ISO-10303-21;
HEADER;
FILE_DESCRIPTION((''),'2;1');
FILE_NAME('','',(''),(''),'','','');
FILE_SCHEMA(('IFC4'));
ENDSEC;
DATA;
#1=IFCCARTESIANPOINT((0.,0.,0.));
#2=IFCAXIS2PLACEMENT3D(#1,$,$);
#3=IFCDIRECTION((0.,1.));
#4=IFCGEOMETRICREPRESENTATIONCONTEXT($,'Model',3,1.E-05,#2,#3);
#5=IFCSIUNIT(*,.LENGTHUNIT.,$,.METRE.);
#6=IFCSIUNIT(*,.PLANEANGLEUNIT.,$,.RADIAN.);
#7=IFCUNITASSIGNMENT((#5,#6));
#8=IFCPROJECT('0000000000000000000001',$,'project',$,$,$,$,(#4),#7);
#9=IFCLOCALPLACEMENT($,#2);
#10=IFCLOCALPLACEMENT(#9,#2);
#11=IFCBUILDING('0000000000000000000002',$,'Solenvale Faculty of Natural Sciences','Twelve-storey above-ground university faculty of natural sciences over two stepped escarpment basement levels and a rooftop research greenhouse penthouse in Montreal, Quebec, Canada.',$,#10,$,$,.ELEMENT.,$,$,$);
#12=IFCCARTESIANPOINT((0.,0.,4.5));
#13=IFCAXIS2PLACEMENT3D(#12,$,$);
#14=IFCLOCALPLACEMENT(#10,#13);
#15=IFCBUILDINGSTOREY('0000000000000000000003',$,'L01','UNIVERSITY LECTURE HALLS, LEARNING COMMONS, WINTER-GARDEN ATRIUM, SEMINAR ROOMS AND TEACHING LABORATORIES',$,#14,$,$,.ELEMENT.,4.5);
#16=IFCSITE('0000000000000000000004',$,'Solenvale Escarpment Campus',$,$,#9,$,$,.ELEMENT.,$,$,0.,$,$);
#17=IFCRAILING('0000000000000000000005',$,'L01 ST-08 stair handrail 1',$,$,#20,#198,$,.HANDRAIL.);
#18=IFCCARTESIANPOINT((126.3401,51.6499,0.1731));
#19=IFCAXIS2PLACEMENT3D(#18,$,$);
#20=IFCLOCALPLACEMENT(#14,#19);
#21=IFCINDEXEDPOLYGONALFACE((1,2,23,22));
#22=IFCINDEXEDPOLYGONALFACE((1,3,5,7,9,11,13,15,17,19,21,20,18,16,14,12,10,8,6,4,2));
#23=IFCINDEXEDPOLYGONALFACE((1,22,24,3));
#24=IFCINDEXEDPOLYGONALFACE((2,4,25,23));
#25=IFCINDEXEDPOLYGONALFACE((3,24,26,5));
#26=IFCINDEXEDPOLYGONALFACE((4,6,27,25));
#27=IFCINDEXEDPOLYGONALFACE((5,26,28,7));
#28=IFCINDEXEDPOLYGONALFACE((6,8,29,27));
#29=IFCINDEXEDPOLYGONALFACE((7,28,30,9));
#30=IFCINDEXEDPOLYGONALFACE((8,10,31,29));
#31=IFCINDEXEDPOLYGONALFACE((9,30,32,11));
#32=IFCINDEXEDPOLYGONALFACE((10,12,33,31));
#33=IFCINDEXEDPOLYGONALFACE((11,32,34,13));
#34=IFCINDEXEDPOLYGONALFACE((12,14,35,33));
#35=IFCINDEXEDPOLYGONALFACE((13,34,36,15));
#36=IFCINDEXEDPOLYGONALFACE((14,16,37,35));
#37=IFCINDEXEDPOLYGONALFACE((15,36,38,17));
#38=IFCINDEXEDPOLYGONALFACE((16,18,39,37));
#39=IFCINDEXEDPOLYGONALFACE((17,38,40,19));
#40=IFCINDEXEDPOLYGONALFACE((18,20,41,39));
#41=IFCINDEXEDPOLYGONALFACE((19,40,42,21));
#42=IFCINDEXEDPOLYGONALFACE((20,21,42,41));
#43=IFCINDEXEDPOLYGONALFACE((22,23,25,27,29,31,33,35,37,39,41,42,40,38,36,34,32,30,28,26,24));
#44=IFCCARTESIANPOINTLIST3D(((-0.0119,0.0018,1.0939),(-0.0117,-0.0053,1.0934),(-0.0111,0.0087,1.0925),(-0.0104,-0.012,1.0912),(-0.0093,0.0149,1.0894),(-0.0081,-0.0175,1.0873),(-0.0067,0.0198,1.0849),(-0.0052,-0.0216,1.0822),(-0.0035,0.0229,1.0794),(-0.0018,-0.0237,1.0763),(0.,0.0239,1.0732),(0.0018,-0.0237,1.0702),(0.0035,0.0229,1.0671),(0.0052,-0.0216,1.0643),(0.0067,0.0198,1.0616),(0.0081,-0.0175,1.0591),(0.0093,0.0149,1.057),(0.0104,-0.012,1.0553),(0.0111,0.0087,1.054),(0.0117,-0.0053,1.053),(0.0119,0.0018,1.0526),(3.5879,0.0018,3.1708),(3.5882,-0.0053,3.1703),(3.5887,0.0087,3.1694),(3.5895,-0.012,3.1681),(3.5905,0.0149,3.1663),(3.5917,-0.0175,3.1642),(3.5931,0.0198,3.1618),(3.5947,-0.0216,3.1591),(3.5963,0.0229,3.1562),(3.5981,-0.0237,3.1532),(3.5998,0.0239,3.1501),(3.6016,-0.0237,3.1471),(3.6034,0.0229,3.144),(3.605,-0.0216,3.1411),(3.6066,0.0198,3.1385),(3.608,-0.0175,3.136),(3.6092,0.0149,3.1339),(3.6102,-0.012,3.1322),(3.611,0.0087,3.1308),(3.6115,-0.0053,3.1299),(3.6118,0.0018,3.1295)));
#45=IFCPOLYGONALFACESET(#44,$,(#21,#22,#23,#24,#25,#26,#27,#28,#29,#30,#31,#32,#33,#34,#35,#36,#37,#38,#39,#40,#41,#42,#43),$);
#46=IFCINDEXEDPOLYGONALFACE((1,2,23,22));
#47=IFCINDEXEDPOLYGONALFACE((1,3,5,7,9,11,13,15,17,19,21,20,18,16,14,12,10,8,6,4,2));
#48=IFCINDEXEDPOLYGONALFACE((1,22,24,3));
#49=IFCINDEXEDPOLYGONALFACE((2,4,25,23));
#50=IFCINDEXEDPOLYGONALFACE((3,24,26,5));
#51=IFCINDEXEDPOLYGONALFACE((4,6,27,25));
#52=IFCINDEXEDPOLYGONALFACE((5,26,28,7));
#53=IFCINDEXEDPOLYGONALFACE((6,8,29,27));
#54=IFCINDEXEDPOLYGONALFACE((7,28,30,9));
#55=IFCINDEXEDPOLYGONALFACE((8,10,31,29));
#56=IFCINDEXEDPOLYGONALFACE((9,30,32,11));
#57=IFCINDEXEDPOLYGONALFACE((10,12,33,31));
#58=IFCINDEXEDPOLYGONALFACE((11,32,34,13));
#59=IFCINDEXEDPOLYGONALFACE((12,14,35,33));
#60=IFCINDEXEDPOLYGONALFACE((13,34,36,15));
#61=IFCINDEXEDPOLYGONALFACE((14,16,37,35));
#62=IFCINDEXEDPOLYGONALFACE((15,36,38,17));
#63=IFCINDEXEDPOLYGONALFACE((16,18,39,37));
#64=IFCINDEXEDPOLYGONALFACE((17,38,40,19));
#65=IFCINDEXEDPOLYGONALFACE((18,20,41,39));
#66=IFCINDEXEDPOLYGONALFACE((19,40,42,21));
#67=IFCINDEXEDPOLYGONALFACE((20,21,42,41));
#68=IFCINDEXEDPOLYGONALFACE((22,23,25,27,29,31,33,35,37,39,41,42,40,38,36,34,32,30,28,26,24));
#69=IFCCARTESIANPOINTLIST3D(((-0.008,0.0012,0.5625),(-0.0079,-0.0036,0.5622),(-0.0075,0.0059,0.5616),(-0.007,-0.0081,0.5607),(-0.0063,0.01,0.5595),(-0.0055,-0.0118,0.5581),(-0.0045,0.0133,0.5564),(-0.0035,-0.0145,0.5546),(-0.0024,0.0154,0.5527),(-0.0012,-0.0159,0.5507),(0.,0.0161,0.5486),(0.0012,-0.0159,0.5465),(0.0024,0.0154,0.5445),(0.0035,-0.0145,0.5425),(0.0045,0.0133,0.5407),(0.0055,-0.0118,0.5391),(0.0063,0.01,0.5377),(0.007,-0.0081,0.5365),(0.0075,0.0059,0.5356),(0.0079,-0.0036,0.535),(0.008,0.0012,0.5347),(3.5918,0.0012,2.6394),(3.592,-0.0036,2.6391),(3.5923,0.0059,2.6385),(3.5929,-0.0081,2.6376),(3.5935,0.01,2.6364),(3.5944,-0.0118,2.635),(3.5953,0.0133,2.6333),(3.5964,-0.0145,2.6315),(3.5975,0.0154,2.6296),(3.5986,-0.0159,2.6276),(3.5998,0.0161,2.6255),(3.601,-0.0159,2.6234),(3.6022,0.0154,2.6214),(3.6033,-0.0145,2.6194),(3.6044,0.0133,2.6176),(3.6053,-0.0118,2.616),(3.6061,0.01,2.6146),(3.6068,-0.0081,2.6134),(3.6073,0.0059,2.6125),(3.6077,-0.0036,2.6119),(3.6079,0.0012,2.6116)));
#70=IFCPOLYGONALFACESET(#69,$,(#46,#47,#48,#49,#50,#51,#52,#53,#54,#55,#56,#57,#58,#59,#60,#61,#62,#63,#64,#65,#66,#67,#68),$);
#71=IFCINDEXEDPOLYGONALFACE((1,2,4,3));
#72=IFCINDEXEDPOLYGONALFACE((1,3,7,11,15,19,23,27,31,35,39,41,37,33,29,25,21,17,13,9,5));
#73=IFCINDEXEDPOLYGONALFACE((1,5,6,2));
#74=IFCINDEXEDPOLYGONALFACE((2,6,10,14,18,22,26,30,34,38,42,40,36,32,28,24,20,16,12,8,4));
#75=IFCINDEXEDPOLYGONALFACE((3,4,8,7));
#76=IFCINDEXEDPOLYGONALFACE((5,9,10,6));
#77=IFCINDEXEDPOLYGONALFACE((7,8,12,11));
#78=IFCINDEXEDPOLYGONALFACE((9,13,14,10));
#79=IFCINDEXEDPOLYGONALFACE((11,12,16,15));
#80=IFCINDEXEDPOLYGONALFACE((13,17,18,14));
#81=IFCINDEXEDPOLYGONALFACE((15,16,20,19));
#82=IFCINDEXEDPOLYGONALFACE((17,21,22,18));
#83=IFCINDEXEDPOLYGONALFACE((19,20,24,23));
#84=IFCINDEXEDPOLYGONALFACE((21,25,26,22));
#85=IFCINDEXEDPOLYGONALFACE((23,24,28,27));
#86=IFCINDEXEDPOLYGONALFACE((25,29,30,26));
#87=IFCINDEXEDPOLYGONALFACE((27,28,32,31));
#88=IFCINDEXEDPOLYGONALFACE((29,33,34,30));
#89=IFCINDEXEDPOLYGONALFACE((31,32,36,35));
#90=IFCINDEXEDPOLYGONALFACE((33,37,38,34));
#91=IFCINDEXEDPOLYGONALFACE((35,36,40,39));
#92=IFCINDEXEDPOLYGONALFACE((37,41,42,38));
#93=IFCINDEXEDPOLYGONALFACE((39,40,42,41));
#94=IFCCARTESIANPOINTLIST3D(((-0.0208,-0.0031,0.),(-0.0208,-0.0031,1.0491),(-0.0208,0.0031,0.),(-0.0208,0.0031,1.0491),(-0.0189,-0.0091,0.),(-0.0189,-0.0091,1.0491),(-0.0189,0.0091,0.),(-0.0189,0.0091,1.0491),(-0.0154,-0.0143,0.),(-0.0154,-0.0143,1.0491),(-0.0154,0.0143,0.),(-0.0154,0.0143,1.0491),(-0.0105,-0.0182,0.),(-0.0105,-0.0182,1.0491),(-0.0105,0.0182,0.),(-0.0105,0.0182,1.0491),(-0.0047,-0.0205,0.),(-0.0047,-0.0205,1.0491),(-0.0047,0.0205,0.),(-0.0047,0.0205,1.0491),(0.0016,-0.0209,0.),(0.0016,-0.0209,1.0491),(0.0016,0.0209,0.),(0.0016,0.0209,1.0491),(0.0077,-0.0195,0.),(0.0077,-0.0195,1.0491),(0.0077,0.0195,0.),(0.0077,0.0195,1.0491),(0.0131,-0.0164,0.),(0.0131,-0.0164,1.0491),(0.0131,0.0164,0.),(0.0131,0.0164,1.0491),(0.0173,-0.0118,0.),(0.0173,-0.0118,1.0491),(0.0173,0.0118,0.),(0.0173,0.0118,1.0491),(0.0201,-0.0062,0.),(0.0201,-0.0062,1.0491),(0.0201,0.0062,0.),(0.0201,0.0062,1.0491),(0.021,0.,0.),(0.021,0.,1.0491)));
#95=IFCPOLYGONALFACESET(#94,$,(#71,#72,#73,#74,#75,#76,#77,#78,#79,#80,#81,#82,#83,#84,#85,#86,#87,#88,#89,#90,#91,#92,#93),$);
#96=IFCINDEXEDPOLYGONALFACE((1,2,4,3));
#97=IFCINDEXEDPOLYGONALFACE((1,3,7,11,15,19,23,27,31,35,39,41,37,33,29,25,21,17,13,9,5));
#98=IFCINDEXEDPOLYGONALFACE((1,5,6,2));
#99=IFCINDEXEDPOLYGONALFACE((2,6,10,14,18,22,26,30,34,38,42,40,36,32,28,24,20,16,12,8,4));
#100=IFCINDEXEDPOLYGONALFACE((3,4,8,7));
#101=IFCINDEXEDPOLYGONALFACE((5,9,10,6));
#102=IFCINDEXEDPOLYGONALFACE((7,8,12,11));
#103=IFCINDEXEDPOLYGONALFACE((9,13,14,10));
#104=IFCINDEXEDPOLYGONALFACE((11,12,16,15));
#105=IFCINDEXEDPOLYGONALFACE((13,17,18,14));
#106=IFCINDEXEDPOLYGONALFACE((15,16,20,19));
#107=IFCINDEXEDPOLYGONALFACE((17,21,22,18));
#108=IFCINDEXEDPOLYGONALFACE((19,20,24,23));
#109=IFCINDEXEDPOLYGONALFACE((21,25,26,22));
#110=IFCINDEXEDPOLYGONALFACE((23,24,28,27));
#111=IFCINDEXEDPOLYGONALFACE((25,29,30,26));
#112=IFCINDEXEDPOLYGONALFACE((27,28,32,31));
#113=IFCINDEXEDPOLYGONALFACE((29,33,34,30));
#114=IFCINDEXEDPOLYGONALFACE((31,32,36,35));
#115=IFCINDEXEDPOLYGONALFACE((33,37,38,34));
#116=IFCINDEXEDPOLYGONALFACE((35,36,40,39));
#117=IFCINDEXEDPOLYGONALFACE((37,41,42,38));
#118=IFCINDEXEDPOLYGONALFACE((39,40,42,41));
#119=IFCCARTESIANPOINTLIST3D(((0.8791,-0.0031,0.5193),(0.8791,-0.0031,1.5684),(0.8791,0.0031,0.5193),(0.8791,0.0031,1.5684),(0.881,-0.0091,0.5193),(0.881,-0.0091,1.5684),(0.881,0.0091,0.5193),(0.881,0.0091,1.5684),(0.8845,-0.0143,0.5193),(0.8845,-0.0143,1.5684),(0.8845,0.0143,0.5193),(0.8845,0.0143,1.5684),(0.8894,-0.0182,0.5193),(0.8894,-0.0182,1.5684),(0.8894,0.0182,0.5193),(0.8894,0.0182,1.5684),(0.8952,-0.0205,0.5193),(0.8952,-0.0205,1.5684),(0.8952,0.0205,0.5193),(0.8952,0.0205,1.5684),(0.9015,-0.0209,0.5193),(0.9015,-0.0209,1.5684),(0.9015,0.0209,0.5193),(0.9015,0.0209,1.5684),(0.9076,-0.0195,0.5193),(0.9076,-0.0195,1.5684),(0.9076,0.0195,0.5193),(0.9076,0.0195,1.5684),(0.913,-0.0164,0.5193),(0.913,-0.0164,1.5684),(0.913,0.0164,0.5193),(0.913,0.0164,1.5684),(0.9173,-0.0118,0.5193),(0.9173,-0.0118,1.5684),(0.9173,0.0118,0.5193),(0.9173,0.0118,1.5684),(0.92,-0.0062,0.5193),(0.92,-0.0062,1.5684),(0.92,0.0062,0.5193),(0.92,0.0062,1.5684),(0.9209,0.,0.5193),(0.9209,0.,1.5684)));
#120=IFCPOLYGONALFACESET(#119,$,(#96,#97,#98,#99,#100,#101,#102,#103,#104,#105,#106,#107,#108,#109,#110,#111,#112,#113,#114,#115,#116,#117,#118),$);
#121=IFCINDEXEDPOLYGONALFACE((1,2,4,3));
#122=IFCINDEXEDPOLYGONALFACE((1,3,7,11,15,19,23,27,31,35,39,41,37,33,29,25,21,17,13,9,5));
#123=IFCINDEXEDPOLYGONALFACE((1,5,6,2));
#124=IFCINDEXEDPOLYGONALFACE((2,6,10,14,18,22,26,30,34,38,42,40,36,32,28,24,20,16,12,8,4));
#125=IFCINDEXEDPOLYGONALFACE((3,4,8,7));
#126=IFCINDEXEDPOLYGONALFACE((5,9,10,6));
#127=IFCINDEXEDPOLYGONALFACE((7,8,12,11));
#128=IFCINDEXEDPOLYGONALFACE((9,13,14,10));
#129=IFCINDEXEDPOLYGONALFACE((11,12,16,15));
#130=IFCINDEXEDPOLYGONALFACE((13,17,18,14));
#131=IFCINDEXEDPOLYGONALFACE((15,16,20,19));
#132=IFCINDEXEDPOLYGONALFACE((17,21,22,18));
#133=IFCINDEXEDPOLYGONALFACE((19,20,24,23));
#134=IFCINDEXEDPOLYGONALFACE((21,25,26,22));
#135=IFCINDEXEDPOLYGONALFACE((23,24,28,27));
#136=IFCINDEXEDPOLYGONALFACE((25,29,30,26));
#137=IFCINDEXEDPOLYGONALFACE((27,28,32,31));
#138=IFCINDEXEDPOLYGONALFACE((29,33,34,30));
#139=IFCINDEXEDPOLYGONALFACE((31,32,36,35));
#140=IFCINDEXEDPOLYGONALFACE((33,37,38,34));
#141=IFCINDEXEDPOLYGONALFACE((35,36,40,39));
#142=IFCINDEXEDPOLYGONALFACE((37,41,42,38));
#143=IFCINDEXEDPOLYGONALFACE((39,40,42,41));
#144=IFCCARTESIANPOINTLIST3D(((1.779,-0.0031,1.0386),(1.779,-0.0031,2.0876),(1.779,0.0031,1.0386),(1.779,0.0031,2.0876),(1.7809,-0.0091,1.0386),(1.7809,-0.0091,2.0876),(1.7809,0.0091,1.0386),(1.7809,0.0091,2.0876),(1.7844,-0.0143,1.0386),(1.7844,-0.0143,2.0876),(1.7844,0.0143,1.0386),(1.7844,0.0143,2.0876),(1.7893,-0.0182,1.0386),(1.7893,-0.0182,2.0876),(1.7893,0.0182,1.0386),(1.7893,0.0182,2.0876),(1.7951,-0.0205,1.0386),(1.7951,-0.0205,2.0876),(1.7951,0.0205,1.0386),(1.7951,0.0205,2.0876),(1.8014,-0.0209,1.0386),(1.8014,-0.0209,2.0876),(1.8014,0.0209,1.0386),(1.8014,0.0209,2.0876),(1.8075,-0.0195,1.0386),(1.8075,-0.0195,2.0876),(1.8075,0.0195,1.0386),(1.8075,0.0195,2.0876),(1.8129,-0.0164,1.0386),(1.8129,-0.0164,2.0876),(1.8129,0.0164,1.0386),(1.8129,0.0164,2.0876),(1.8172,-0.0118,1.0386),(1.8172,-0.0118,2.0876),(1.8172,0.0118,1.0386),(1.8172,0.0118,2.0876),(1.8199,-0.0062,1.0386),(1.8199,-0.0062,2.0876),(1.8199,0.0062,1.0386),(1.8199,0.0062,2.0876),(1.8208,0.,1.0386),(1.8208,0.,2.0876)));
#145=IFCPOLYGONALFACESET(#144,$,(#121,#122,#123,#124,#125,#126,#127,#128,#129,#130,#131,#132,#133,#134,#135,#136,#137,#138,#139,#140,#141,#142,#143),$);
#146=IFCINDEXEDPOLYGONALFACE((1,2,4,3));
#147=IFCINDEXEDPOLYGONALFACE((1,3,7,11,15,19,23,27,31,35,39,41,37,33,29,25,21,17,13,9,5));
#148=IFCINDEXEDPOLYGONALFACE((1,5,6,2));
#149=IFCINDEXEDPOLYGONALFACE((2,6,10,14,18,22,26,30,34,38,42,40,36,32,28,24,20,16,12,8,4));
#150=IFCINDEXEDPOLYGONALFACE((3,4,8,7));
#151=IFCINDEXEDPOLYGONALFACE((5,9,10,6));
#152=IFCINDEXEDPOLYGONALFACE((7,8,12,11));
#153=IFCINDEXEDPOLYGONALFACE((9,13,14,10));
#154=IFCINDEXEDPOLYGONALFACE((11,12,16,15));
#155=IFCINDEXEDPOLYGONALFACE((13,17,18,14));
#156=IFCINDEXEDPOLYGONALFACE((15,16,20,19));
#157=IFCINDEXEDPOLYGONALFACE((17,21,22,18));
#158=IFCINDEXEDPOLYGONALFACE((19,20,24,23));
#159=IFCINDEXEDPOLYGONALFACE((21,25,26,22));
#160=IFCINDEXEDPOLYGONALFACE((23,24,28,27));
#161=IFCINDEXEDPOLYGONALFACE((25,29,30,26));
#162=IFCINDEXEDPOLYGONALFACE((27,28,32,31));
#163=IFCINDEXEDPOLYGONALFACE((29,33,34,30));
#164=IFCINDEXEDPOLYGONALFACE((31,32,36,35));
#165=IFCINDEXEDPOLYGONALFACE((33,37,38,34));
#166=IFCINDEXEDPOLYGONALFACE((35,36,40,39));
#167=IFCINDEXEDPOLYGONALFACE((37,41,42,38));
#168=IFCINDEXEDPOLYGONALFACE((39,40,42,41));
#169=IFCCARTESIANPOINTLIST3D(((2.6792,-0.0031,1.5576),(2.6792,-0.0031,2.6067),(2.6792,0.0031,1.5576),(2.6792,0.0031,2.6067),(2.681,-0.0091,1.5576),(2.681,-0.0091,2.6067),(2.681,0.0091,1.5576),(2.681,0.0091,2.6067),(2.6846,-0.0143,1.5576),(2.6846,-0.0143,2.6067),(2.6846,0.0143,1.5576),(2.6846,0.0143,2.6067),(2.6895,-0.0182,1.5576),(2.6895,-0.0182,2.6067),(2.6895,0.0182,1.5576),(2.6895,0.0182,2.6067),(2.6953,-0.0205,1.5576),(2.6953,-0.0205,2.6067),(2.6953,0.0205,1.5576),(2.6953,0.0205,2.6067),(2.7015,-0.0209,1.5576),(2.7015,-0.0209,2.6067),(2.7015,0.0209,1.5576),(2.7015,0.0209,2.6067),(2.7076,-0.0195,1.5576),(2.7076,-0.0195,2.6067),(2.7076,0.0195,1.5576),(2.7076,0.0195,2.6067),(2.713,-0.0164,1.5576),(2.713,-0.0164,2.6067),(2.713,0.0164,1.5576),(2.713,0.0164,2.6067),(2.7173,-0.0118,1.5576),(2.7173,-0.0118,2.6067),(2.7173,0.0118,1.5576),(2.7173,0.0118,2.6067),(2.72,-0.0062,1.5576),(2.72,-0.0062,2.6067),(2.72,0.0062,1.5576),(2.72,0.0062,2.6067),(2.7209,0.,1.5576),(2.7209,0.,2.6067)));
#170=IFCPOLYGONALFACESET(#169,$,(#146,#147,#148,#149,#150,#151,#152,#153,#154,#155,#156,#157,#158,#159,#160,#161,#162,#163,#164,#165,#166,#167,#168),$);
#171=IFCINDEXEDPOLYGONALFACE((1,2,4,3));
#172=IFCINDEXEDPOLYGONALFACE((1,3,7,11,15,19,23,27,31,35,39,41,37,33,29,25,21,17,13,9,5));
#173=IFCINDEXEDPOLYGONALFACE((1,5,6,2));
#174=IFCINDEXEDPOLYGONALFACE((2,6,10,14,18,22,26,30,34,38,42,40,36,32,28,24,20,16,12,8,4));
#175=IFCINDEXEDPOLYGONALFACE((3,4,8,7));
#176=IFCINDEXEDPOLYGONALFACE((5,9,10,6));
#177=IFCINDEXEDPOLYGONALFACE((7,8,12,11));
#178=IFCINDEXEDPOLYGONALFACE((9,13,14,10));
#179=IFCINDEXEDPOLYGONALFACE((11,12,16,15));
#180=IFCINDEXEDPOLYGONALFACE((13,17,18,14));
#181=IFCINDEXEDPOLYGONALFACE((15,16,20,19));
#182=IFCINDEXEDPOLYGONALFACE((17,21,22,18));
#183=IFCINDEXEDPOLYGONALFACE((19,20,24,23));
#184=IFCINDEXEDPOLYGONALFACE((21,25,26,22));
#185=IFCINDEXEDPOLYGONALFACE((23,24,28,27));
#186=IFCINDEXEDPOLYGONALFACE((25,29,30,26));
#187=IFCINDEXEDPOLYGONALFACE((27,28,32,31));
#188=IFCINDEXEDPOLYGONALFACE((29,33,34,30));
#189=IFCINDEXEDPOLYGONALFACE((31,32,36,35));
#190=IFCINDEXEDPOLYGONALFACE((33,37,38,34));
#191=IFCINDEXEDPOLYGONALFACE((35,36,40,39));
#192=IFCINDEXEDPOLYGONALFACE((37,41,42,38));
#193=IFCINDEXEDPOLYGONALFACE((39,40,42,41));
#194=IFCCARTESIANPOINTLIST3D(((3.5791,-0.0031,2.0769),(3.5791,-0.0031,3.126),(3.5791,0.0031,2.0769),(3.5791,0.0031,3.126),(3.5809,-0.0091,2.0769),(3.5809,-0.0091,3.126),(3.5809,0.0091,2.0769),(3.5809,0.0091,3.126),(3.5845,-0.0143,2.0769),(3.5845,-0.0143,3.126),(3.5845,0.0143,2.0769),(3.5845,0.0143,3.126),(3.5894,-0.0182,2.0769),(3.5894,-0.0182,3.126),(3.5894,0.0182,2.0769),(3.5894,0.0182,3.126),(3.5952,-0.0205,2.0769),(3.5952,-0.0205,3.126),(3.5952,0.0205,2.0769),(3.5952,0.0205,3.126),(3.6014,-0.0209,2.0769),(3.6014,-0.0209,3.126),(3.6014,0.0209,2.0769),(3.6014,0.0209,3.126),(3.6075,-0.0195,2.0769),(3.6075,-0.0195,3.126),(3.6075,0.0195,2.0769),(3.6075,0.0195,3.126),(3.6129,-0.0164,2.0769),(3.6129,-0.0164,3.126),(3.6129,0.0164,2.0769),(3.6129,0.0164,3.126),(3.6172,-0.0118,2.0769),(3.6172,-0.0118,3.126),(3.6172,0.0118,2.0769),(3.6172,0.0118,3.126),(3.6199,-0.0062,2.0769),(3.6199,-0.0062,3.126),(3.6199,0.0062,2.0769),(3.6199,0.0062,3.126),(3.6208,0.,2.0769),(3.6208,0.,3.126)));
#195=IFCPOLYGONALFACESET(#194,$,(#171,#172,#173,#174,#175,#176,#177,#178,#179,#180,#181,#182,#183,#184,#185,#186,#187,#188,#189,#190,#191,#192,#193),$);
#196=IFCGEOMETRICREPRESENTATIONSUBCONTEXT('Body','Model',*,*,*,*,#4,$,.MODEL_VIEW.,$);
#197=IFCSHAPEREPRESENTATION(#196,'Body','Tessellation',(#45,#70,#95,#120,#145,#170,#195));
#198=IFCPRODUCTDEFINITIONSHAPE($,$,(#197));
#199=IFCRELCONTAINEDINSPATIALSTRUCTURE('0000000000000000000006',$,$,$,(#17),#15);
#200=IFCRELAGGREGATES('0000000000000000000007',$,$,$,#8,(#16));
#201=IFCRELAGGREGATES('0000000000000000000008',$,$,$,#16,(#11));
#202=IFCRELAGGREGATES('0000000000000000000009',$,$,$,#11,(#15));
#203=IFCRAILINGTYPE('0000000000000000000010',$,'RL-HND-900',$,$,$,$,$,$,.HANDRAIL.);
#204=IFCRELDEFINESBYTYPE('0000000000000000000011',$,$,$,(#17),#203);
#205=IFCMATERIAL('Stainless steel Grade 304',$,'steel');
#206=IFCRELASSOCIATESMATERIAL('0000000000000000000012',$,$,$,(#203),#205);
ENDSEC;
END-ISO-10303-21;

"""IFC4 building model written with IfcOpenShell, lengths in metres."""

from ifc_helpers import new_model, si_unit, direction, frame, origin, origin_2d, place, context, subcontext, project, spatial, circle, extrude, material, type_object, element, save


model = new_model("IFC4")

# Units and contexts
model_context = context("Model", 3, precision=1e-05, world=origin(), true_north=direction((0.0, 1.0)))
body_context = subcontext(model_context, "Body", "Model", "MODEL_VIEW")
ifc_project = project(units=[si_unit("LENGTHUNIT", "METRE"), si_unit("PLANEANGLEUNIT", "RADIAN")], contexts=[model_context])

# Site, building, storey
site_placement = place(None, origin())
site = spatial("IfcSite", under=ifc_project, at=site_placement, Name="Solenvale Escarpment Campus", CompositionType="ELEMENT", RefElevation=0.0)
building_placement = place(site_placement, origin())
building = spatial("IfcBuilding", under=site, at=building_placement, Name="Solenvale Faculty of Natural Sciences", Description="Twelve-storey above-ground university faculty of natural sciences over two stepped escarpment basement levels and a rooftop research greenhouse penthouse in Montreal, Quebec, Canada.", CompositionType="ELEMENT")
storey_placement = place(building_placement, frame((0.0, 0.0, 4.5)))
storey = spatial("IfcBuildingStorey", under=building, at=storey_placement, Name="L01", Description="UNIVERSITY LECTURE HALLS, LEARNING COMMONS, WINTER-GARDEN ATRIUM, SEMINAR ROOMS AND TEACHING LABORATORIES", CompositionType="ELEMENT", Elevation=4.5)

# Railing
ifc_material_1 = material(Name="Stainless steel Grade 304", Category="steel")
railing_type_1 = type_object("IfcRailingType", Name="RL-HND-900", PredefinedType="HANDRAIL", material=ifc_material_1)
railing_1_placement = place(storey_placement, frame((126.3401, 51.6499, 0.1731)))
element("IfcRailing", 1, at=railing_1_placement, inside=storey, type_object=railing_type_1, Name="L01 ST-08 stair handrail 1", PredefinedType="HANDRAIL", context=body_context, shape_type="SweptSolid", body=[
    extrude(circle(Radius=0.0239, at=origin_2d()), frame((0.0, 0.0, 1.0732), z_axis=(0.866179, 0.0, 0.499734), x_axis=(0.0, 1.0, 0.0)), (0.0, 0.0, 1.0), 4.156),
    extrude(circle(Radius=0.0161, at=origin_2d()), frame((0.0, 0.0, 0.5486), z_axis=(0.866179, 0.0, 0.499734), x_axis=(0.0, 1.0, 0.0)), (0.0, 0.0, 1.0), 4.156),
    extrude(circle(Radius=0.021, at=origin_2d()), origin(), (0.0, 0.0, 1.0), 1.0491),
    extrude(circle(Radius=0.021, at=origin_2d()), frame((0.8999, 0.0, 0.5193)), (0.0, 0.0, 1.0), 1.0491),
    extrude(circle(Radius=0.021, at=origin_2d()), frame((1.7998, 0.0, 1.0386)), (0.0, 0.0, 1.0), 1.0491),
    extrude(circle(Radius=0.021, at=origin_2d()), frame((2.7, 0.0, 1.5576)), (0.0, 0.0, 1.0), 1.0491),
    extrude(circle(Radius=0.021, at=origin_2d()), frame((3.5999, 0.0, 2.0769)), (0.0, 0.0, 1.0), 1.0491),
])

save(model, "model.ifc")
